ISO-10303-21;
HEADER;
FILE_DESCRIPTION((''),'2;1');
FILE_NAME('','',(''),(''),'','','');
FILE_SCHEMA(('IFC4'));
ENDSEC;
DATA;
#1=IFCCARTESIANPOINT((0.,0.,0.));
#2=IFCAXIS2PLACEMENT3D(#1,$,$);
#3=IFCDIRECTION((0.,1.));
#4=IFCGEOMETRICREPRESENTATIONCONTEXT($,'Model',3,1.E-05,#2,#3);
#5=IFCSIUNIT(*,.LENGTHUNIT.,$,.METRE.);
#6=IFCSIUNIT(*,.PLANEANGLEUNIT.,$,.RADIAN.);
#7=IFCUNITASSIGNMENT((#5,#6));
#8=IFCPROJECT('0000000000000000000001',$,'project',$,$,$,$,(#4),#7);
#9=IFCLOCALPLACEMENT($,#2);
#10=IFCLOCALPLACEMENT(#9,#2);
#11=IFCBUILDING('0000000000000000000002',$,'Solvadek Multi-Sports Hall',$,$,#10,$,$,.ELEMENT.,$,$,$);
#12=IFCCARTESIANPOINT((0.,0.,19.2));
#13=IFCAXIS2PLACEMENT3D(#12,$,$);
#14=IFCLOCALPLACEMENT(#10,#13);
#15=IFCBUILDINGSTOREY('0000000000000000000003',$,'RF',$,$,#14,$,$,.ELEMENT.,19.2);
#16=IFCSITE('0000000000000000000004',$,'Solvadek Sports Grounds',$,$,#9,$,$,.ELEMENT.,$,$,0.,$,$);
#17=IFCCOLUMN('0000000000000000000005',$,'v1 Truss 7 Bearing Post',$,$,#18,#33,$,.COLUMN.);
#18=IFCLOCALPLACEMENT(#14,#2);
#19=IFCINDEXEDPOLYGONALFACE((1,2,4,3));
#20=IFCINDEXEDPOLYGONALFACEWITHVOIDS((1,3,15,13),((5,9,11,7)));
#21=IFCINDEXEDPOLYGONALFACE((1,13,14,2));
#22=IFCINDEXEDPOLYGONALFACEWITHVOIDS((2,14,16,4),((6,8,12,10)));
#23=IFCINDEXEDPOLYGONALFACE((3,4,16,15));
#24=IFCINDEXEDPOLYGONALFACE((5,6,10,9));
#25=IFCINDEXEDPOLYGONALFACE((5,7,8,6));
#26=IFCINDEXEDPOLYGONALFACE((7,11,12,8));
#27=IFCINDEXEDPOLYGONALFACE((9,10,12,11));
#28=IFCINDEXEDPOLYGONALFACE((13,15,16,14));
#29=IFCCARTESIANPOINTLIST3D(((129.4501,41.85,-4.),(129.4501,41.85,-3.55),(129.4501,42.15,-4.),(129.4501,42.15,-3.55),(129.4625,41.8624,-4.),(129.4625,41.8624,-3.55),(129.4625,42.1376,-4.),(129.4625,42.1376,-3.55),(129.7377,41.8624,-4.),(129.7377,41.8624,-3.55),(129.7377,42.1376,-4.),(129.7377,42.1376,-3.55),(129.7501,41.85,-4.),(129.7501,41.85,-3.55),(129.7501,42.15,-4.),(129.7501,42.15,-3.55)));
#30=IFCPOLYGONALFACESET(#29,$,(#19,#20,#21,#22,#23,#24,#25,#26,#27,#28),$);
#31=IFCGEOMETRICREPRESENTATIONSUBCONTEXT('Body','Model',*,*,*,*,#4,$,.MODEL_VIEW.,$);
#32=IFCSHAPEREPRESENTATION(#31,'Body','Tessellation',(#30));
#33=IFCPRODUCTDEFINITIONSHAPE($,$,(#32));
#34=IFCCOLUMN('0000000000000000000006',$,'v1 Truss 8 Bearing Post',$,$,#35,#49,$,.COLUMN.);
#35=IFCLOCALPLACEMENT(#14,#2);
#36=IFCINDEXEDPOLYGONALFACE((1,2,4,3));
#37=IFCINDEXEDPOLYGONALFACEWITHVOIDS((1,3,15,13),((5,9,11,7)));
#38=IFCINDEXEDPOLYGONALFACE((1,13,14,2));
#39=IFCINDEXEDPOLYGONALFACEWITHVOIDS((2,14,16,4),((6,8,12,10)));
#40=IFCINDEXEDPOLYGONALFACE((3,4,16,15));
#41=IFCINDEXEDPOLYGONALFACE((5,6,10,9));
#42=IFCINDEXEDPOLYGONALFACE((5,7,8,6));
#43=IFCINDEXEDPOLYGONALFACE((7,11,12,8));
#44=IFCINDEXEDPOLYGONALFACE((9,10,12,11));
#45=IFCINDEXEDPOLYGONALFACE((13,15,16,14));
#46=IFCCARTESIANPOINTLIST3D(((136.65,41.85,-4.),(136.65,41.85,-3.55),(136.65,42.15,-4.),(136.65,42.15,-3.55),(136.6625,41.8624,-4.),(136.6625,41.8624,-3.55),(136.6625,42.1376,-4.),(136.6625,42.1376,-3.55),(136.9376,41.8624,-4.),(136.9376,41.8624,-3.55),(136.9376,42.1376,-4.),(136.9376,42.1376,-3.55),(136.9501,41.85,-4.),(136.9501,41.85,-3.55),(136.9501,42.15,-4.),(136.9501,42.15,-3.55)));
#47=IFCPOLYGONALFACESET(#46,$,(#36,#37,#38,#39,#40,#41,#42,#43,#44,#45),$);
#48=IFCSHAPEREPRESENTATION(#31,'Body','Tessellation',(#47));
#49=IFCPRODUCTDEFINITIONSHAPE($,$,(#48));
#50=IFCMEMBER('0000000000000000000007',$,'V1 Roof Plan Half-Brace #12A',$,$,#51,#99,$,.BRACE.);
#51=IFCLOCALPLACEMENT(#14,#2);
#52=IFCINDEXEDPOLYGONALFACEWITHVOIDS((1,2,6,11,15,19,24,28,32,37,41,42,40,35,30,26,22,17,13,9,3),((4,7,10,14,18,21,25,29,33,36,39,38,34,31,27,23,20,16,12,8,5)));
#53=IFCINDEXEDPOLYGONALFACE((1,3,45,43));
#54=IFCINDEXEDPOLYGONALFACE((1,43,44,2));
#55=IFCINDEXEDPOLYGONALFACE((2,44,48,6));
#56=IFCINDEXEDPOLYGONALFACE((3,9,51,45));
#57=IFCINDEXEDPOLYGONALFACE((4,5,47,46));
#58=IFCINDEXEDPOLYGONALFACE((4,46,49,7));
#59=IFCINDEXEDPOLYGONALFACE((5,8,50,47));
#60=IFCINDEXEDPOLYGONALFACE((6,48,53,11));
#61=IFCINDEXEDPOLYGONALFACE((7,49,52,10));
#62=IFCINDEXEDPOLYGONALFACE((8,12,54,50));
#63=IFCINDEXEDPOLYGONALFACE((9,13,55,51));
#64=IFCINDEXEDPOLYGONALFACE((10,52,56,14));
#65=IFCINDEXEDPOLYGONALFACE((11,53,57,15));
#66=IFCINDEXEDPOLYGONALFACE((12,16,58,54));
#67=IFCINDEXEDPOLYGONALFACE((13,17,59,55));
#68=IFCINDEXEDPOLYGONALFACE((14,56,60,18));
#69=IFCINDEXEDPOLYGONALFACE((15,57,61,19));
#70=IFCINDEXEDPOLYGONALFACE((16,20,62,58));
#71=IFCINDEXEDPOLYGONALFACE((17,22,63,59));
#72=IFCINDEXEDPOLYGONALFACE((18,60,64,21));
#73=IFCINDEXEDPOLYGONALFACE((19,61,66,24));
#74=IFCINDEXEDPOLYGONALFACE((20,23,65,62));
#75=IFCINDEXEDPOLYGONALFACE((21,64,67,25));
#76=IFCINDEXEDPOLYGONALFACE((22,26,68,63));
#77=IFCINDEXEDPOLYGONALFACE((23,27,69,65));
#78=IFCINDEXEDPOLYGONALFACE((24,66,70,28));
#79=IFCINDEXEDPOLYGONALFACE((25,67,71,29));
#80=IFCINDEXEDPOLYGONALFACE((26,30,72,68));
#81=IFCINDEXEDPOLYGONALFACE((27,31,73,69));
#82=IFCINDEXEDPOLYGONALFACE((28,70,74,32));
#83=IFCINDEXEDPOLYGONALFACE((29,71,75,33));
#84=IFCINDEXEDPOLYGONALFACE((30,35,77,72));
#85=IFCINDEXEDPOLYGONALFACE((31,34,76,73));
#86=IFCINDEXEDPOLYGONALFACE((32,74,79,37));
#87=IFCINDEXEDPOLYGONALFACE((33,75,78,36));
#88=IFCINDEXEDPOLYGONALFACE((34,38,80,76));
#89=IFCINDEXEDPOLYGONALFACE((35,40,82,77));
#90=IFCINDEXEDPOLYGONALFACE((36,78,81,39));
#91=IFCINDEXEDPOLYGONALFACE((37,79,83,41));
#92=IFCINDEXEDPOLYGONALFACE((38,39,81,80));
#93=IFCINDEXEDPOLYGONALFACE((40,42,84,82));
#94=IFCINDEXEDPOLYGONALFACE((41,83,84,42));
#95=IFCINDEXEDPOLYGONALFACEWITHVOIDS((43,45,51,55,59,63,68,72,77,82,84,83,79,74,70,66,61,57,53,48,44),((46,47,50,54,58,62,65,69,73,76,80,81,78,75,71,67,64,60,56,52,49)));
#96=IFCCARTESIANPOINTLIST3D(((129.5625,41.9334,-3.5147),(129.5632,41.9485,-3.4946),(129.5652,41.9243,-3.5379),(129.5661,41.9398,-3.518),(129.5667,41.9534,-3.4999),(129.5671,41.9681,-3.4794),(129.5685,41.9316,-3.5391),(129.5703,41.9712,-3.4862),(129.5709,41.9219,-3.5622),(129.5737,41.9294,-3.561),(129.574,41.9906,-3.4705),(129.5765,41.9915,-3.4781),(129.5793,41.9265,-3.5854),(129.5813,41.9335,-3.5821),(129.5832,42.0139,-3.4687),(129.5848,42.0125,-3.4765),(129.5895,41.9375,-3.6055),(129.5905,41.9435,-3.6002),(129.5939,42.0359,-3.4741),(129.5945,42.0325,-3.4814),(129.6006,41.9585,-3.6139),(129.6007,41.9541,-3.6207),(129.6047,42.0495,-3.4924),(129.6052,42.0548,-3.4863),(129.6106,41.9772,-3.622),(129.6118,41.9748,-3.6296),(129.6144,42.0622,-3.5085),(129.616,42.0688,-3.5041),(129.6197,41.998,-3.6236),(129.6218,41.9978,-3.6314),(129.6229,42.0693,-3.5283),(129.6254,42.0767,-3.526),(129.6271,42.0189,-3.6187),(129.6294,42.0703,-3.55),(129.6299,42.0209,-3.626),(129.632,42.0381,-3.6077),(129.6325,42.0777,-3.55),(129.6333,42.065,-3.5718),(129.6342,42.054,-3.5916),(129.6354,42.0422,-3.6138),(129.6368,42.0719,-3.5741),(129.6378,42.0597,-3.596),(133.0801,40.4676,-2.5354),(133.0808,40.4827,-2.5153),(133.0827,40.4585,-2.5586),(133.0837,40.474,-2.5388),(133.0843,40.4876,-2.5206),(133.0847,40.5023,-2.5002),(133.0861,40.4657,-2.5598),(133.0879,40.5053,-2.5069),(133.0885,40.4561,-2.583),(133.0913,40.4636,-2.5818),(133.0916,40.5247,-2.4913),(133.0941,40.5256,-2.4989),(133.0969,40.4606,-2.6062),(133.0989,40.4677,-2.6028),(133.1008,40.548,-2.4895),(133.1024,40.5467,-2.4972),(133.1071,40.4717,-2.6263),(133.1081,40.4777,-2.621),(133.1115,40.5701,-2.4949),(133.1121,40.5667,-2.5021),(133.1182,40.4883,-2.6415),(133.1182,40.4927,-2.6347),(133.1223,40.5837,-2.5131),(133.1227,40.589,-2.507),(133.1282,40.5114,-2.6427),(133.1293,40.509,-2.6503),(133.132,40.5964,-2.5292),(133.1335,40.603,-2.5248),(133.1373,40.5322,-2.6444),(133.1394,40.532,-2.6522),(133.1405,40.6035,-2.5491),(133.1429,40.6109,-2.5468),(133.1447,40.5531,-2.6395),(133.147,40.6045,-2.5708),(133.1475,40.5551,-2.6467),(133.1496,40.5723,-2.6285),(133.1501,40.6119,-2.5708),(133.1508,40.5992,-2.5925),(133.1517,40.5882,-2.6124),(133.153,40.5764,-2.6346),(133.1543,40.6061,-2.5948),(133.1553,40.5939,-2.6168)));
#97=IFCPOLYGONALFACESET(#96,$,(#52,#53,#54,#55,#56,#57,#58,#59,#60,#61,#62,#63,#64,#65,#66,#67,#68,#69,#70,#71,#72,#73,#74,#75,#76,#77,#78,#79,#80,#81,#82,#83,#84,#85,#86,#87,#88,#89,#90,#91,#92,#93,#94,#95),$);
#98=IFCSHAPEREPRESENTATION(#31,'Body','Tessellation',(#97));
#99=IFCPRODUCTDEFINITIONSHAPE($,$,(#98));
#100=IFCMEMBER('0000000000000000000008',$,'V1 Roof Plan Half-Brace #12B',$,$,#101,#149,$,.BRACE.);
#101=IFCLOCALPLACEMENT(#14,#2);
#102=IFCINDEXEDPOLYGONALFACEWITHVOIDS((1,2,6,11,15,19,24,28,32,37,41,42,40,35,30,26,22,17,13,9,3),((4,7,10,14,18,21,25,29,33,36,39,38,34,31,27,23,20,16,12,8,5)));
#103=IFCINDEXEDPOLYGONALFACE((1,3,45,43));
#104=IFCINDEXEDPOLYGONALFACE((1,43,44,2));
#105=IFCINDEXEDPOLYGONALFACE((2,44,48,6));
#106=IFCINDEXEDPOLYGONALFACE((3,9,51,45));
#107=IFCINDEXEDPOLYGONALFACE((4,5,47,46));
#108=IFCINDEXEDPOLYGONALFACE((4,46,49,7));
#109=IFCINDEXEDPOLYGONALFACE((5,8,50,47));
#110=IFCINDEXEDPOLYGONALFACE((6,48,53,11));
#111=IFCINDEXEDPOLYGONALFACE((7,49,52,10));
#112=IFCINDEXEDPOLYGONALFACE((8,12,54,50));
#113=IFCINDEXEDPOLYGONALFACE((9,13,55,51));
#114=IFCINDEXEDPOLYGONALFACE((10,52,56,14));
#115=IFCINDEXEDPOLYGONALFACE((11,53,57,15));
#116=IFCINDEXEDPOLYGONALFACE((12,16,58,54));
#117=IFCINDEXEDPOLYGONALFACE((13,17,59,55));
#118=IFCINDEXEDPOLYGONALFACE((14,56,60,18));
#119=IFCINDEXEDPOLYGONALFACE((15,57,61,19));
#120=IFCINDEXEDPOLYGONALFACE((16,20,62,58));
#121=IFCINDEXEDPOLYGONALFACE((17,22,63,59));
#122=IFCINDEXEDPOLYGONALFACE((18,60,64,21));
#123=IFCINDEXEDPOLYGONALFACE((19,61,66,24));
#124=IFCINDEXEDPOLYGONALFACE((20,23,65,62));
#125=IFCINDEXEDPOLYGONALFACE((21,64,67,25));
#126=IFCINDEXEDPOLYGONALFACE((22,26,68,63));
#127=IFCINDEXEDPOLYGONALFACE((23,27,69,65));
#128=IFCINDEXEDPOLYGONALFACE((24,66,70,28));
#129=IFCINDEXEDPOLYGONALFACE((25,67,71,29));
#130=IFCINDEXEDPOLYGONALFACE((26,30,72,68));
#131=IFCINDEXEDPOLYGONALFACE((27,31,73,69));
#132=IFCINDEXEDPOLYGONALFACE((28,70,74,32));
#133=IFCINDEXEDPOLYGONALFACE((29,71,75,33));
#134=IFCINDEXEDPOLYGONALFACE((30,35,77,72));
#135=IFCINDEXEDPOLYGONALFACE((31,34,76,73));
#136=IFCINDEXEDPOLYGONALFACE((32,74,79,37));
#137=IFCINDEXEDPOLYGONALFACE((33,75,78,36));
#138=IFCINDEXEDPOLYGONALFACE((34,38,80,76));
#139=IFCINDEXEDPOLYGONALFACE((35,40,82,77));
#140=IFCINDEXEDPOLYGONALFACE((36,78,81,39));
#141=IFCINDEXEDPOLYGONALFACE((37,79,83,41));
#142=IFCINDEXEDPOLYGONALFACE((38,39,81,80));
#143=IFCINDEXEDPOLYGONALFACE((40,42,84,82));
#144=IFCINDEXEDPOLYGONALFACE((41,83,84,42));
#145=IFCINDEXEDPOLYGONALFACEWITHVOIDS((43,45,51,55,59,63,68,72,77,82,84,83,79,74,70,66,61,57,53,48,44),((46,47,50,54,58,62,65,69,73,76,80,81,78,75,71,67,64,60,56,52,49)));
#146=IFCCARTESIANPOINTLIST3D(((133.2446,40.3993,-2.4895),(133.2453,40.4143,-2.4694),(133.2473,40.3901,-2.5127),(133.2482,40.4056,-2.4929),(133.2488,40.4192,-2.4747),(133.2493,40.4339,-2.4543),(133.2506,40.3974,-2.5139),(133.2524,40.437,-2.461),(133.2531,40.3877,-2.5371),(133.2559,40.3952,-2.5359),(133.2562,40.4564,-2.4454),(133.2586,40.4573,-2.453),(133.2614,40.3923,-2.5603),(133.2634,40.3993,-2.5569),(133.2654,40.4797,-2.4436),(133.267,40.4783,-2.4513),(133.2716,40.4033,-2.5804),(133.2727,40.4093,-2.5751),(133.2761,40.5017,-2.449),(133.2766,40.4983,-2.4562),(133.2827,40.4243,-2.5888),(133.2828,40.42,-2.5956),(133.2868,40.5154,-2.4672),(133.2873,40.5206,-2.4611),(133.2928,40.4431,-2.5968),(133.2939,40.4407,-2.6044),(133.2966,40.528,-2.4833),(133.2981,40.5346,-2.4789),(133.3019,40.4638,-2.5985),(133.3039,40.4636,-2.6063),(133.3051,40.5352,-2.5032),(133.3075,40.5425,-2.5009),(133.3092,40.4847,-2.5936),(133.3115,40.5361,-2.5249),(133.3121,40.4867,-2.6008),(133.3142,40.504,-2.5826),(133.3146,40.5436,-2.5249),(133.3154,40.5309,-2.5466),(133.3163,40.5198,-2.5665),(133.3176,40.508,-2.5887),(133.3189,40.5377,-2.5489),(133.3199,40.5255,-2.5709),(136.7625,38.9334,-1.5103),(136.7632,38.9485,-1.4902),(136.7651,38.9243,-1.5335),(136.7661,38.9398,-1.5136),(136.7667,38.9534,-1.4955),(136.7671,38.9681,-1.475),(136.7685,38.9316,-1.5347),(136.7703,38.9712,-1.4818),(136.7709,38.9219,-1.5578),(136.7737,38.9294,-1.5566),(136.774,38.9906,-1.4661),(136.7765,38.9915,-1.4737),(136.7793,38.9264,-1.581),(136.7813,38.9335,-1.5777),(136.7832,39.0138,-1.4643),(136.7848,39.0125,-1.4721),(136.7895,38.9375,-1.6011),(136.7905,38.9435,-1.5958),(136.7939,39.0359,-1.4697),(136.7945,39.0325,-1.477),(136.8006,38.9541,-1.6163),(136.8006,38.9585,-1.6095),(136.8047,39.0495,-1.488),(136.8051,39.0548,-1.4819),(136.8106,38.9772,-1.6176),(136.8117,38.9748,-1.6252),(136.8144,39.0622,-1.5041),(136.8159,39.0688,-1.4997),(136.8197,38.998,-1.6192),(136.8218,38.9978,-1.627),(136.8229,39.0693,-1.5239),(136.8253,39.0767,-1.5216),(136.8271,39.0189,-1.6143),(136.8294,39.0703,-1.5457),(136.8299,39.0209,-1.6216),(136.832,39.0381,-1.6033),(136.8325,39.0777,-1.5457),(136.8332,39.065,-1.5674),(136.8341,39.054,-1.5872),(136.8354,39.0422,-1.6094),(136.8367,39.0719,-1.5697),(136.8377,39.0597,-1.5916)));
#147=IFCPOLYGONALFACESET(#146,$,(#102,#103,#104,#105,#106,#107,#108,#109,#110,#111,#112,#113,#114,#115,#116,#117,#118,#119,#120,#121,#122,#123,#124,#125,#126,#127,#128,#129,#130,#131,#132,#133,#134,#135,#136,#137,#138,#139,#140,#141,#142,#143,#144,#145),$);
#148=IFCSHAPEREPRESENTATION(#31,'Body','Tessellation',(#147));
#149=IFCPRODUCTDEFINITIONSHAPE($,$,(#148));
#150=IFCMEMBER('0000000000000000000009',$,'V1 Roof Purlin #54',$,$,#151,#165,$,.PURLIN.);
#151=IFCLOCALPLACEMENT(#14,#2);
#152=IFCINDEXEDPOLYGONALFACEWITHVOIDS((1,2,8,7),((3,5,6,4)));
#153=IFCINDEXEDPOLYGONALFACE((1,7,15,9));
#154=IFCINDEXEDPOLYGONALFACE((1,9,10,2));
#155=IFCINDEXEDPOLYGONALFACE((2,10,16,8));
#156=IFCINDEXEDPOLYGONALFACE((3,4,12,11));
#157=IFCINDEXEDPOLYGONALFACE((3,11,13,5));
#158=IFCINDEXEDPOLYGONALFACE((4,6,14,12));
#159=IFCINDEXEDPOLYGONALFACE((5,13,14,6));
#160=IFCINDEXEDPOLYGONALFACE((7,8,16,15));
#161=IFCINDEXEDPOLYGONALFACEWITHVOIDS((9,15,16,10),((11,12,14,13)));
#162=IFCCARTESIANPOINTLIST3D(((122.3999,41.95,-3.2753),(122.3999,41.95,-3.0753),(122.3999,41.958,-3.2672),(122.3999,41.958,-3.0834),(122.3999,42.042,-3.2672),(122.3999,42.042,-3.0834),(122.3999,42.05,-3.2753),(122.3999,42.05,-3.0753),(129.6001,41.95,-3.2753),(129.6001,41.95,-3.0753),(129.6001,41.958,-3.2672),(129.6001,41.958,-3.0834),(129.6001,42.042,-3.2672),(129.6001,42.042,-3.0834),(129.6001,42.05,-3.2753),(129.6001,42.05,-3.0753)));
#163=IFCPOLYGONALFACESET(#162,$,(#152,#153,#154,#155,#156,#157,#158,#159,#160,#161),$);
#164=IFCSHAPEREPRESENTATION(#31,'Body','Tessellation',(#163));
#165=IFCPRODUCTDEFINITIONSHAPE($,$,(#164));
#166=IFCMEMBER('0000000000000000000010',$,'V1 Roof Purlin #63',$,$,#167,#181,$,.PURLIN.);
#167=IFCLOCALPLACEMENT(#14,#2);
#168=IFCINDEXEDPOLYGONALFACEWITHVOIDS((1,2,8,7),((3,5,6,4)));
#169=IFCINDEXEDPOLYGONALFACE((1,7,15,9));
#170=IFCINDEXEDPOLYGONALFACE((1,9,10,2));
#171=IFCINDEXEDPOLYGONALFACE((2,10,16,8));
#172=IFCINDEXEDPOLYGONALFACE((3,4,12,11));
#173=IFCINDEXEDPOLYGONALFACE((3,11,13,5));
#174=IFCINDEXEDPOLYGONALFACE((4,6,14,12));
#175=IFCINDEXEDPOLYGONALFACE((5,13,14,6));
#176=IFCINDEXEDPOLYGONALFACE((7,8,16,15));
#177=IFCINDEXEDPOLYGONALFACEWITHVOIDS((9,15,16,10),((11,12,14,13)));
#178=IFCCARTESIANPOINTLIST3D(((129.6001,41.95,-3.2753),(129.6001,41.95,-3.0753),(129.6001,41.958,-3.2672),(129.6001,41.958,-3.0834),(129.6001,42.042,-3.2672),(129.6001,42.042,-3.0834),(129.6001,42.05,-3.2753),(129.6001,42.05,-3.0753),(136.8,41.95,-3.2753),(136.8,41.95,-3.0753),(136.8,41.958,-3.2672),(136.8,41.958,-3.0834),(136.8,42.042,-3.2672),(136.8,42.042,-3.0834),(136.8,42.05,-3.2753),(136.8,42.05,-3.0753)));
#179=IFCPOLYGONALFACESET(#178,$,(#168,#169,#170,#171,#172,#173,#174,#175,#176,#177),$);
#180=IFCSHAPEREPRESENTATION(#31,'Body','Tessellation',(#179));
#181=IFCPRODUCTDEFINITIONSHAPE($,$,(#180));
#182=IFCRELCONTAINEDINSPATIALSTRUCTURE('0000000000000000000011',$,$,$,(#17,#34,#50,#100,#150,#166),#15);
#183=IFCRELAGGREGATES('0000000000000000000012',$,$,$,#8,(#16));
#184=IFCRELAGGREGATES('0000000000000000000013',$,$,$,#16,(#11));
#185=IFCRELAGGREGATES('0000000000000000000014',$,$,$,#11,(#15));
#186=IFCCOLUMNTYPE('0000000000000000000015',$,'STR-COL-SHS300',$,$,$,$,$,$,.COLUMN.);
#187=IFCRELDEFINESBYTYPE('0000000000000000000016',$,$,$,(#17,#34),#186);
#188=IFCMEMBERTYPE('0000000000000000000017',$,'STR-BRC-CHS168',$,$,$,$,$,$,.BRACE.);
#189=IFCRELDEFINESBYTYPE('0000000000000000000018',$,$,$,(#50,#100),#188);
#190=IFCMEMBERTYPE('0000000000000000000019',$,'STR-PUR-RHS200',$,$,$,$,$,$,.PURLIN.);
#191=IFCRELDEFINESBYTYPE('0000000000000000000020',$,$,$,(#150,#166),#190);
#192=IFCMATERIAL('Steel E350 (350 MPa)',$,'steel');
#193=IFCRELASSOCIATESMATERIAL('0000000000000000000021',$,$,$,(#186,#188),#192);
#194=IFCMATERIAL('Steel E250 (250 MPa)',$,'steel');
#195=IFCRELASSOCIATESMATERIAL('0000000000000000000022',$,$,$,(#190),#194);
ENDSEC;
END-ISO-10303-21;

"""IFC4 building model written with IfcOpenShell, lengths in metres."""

from ifc_helpers import new_model, si_unit, direction, frame, origin, origin_2d, place, context, subcontext, project, spatial, hollow_rectangle, hollow_circle, extrude, material, material_profile, profile_set, type_object, element, save


model = new_model("IFC4")

# Units and contexts
model_context = context("Model", 3, precision=1e-05, world=origin(), true_north=direction((0.0, 1.0)))
body_context = subcontext(model_context, "Body", "Model", "MODEL_VIEW")
ifc_project = project(units=[si_unit("LENGTHUNIT", "METRE"), si_unit("PLANEANGLEUNIT", "RADIAN")], contexts=[model_context])

# Site, building, storey
site_placement = place(None, origin())
site = spatial("IfcSite", under=ifc_project, at=site_placement, Name="Solvadek Sports Grounds", CompositionType="ELEMENT", RefElevation=0.0)
building_placement = place(site_placement, origin())
building = spatial("IfcBuilding", under=site, at=building_placement, Name="Solvadek Multi-Sports Hall", CompositionType="ELEMENT")
storey_placement = place(building_placement, frame((0.0, 0.0, 19.2)))
storey = spatial("IfcBuildingStorey", under=building, at=storey_placement, Name="RF", CompositionType="ELEMENT", Elevation=19.2)

# Columns
ifc_material_1 = material(Name="Steel E350 (350 MPa)", Category="steel")
ifc_material_profile_1 = material_profile(ifc_material_1, hollow_rectangle(XDim=0.3, YDim=0.3, WallThickness=0.0125, at=origin_2d()), Name="SHS 300x300x12.5")
ifc_profile_set_1 = profile_set([ifc_material_profile_1], Name="Steel E350 (350 MPa)")
column_type = type_object("IfcColumnType", Name="STR-COL-SHS300", PredefinedType="COLUMN", material=ifc_profile_set_1)
for number, where, z_axis, x_axis, name in (
    (1, (129.6001, 42.0, -4.0), (0.0, 0.0, 1.0), (1.0, 0.0, 0.0), "v1 Truss 7 Bearing Post"),
    (2, (136.8, 42.0, -4.0), (0.0, 0.0, 1.0), (1.0, 0.0, 0.0), "v1 Truss 8 Bearing Post"),
):
    element("IfcColumn", number, at=place(storey_placement, frame(where, z_axis=z_axis, x_axis=x_axis)), inside=storey, type_object=column_type, Name=name, PredefinedType="COLUMN", context=body_context, shape_type="SweptSolid", body=[
        extrude(hollow_rectangle(XDim=0.3, YDim=0.3, WallThickness=0.0125, at=origin_2d()), origin(), (0.0, 0.0, 1.0), 0.45),
    ])

# Members
ifc_material_profile_2 = material_profile(ifc_material_1, hollow_circle(Radius=0.0842, WallThickness=0.0081, at=origin_2d()), Name="CHS 168.3x8")
ifc_profile_set_2 = profile_set([ifc_material_profile_2], Name="Steel E350 (350 MPa)")
member_type_1 = type_object("IfcMemberType", Name="STR-BRC-CHS168", PredefinedType="BRACE", material=ifc_profile_set_2)
member_1_placement = place(storey_placement, frame((129.6001, 42.0, -3.55), z_axis=(0.894016, -0.372548, 0.248883), x_axis=(0.384652, 0.923062, 0.0)))
element("IfcMember", 3, at=member_1_placement, inside=storey, type_object=member_type_1, Name="V1 Roof Plan Half-Brace #12A", PredefinedType="BRACE", context=body_context, shape_type="SweptSolid", body=[
    extrude(hollow_circle(Radius=0.0842, WallThickness=0.0081, at=origin_2d()), origin(), (0.0, 0.0, 1.0), 3.9346),
])
member_2_placement = place(storey_placement, frame((133.2822, 40.4658, -2.5249), z_axis=(0.894029, -0.372528, 0.248869), x_axis=(0.384629, 0.923071, 0.0)))
element("IfcMember", 4, at=member_2_placement, inside=storey, type_object=member_type_1, Name="V1 Roof Plan Half-Brace #12B", PredefinedType="BRACE", context=body_context, shape_type="SweptSolid", body=[
    extrude(hollow_circle(Radius=0.0842, WallThickness=0.0081, at=origin_2d()), origin(), (0.0, 0.0, 1.0), 3.9348),
])
ifc_material_2 = material(Name="Steel E250 (250 MPa)", Category="steel")
ifc_material_profile_3 = material_profile(ifc_material_2, hollow_rectangle(XDim=0.1001, YDim=0.2, WallThickness=0.0081, at=origin_2d()), Name="RHS 200x100x8")
ifc_profile_set_3 = profile_set([ifc_material_profile_3], Name="Steel E250 (250 MPa)")
member_type_2 = type_object("IfcMemberType", Name="STR-PUR-RHS200", PredefinedType="PURLIN", material=ifc_profile_set_3)
member_3_placement = place(storey_placement, frame((122.3999, 42.0, -3.1753), z_axis=(1.0, 0.0, 0.0), x_axis=(0.0, 1.0, 0.0)))
element("IfcMember", 5, at=member_3_placement, inside=storey, type_object=member_type_2, Name="V1 Roof Purlin #54", PredefinedType="PURLIN", context=body_context, shape_type="SweptSolid", body=[
    extrude(hollow_rectangle(XDim=0.1001, YDim=0.2, WallThickness=0.0081, at=origin_2d()), origin(), (0.0, 0.0, 1.0), 7.2002),
])
member_4_placement = place(storey_placement, frame((129.6001, 42.0, -3.1753), z_axis=(1.0, 0.0, 0.0), x_axis=(0.0, 1.0, 0.0)))
element("IfcMember", 6, at=member_4_placement, inside=storey, type_object=member_type_2, Name="V1 Roof Purlin #63", PredefinedType="PURLIN", context=body_context, shape_type="SweptSolid", body=[
    extrude(hollow_rectangle(XDim=0.1001, YDim=0.2, WallThickness=0.0081, at=origin_2d()), origin(), (0.0, 0.0, 1.0), 7.2),
])

save(model, "model.ifc")
